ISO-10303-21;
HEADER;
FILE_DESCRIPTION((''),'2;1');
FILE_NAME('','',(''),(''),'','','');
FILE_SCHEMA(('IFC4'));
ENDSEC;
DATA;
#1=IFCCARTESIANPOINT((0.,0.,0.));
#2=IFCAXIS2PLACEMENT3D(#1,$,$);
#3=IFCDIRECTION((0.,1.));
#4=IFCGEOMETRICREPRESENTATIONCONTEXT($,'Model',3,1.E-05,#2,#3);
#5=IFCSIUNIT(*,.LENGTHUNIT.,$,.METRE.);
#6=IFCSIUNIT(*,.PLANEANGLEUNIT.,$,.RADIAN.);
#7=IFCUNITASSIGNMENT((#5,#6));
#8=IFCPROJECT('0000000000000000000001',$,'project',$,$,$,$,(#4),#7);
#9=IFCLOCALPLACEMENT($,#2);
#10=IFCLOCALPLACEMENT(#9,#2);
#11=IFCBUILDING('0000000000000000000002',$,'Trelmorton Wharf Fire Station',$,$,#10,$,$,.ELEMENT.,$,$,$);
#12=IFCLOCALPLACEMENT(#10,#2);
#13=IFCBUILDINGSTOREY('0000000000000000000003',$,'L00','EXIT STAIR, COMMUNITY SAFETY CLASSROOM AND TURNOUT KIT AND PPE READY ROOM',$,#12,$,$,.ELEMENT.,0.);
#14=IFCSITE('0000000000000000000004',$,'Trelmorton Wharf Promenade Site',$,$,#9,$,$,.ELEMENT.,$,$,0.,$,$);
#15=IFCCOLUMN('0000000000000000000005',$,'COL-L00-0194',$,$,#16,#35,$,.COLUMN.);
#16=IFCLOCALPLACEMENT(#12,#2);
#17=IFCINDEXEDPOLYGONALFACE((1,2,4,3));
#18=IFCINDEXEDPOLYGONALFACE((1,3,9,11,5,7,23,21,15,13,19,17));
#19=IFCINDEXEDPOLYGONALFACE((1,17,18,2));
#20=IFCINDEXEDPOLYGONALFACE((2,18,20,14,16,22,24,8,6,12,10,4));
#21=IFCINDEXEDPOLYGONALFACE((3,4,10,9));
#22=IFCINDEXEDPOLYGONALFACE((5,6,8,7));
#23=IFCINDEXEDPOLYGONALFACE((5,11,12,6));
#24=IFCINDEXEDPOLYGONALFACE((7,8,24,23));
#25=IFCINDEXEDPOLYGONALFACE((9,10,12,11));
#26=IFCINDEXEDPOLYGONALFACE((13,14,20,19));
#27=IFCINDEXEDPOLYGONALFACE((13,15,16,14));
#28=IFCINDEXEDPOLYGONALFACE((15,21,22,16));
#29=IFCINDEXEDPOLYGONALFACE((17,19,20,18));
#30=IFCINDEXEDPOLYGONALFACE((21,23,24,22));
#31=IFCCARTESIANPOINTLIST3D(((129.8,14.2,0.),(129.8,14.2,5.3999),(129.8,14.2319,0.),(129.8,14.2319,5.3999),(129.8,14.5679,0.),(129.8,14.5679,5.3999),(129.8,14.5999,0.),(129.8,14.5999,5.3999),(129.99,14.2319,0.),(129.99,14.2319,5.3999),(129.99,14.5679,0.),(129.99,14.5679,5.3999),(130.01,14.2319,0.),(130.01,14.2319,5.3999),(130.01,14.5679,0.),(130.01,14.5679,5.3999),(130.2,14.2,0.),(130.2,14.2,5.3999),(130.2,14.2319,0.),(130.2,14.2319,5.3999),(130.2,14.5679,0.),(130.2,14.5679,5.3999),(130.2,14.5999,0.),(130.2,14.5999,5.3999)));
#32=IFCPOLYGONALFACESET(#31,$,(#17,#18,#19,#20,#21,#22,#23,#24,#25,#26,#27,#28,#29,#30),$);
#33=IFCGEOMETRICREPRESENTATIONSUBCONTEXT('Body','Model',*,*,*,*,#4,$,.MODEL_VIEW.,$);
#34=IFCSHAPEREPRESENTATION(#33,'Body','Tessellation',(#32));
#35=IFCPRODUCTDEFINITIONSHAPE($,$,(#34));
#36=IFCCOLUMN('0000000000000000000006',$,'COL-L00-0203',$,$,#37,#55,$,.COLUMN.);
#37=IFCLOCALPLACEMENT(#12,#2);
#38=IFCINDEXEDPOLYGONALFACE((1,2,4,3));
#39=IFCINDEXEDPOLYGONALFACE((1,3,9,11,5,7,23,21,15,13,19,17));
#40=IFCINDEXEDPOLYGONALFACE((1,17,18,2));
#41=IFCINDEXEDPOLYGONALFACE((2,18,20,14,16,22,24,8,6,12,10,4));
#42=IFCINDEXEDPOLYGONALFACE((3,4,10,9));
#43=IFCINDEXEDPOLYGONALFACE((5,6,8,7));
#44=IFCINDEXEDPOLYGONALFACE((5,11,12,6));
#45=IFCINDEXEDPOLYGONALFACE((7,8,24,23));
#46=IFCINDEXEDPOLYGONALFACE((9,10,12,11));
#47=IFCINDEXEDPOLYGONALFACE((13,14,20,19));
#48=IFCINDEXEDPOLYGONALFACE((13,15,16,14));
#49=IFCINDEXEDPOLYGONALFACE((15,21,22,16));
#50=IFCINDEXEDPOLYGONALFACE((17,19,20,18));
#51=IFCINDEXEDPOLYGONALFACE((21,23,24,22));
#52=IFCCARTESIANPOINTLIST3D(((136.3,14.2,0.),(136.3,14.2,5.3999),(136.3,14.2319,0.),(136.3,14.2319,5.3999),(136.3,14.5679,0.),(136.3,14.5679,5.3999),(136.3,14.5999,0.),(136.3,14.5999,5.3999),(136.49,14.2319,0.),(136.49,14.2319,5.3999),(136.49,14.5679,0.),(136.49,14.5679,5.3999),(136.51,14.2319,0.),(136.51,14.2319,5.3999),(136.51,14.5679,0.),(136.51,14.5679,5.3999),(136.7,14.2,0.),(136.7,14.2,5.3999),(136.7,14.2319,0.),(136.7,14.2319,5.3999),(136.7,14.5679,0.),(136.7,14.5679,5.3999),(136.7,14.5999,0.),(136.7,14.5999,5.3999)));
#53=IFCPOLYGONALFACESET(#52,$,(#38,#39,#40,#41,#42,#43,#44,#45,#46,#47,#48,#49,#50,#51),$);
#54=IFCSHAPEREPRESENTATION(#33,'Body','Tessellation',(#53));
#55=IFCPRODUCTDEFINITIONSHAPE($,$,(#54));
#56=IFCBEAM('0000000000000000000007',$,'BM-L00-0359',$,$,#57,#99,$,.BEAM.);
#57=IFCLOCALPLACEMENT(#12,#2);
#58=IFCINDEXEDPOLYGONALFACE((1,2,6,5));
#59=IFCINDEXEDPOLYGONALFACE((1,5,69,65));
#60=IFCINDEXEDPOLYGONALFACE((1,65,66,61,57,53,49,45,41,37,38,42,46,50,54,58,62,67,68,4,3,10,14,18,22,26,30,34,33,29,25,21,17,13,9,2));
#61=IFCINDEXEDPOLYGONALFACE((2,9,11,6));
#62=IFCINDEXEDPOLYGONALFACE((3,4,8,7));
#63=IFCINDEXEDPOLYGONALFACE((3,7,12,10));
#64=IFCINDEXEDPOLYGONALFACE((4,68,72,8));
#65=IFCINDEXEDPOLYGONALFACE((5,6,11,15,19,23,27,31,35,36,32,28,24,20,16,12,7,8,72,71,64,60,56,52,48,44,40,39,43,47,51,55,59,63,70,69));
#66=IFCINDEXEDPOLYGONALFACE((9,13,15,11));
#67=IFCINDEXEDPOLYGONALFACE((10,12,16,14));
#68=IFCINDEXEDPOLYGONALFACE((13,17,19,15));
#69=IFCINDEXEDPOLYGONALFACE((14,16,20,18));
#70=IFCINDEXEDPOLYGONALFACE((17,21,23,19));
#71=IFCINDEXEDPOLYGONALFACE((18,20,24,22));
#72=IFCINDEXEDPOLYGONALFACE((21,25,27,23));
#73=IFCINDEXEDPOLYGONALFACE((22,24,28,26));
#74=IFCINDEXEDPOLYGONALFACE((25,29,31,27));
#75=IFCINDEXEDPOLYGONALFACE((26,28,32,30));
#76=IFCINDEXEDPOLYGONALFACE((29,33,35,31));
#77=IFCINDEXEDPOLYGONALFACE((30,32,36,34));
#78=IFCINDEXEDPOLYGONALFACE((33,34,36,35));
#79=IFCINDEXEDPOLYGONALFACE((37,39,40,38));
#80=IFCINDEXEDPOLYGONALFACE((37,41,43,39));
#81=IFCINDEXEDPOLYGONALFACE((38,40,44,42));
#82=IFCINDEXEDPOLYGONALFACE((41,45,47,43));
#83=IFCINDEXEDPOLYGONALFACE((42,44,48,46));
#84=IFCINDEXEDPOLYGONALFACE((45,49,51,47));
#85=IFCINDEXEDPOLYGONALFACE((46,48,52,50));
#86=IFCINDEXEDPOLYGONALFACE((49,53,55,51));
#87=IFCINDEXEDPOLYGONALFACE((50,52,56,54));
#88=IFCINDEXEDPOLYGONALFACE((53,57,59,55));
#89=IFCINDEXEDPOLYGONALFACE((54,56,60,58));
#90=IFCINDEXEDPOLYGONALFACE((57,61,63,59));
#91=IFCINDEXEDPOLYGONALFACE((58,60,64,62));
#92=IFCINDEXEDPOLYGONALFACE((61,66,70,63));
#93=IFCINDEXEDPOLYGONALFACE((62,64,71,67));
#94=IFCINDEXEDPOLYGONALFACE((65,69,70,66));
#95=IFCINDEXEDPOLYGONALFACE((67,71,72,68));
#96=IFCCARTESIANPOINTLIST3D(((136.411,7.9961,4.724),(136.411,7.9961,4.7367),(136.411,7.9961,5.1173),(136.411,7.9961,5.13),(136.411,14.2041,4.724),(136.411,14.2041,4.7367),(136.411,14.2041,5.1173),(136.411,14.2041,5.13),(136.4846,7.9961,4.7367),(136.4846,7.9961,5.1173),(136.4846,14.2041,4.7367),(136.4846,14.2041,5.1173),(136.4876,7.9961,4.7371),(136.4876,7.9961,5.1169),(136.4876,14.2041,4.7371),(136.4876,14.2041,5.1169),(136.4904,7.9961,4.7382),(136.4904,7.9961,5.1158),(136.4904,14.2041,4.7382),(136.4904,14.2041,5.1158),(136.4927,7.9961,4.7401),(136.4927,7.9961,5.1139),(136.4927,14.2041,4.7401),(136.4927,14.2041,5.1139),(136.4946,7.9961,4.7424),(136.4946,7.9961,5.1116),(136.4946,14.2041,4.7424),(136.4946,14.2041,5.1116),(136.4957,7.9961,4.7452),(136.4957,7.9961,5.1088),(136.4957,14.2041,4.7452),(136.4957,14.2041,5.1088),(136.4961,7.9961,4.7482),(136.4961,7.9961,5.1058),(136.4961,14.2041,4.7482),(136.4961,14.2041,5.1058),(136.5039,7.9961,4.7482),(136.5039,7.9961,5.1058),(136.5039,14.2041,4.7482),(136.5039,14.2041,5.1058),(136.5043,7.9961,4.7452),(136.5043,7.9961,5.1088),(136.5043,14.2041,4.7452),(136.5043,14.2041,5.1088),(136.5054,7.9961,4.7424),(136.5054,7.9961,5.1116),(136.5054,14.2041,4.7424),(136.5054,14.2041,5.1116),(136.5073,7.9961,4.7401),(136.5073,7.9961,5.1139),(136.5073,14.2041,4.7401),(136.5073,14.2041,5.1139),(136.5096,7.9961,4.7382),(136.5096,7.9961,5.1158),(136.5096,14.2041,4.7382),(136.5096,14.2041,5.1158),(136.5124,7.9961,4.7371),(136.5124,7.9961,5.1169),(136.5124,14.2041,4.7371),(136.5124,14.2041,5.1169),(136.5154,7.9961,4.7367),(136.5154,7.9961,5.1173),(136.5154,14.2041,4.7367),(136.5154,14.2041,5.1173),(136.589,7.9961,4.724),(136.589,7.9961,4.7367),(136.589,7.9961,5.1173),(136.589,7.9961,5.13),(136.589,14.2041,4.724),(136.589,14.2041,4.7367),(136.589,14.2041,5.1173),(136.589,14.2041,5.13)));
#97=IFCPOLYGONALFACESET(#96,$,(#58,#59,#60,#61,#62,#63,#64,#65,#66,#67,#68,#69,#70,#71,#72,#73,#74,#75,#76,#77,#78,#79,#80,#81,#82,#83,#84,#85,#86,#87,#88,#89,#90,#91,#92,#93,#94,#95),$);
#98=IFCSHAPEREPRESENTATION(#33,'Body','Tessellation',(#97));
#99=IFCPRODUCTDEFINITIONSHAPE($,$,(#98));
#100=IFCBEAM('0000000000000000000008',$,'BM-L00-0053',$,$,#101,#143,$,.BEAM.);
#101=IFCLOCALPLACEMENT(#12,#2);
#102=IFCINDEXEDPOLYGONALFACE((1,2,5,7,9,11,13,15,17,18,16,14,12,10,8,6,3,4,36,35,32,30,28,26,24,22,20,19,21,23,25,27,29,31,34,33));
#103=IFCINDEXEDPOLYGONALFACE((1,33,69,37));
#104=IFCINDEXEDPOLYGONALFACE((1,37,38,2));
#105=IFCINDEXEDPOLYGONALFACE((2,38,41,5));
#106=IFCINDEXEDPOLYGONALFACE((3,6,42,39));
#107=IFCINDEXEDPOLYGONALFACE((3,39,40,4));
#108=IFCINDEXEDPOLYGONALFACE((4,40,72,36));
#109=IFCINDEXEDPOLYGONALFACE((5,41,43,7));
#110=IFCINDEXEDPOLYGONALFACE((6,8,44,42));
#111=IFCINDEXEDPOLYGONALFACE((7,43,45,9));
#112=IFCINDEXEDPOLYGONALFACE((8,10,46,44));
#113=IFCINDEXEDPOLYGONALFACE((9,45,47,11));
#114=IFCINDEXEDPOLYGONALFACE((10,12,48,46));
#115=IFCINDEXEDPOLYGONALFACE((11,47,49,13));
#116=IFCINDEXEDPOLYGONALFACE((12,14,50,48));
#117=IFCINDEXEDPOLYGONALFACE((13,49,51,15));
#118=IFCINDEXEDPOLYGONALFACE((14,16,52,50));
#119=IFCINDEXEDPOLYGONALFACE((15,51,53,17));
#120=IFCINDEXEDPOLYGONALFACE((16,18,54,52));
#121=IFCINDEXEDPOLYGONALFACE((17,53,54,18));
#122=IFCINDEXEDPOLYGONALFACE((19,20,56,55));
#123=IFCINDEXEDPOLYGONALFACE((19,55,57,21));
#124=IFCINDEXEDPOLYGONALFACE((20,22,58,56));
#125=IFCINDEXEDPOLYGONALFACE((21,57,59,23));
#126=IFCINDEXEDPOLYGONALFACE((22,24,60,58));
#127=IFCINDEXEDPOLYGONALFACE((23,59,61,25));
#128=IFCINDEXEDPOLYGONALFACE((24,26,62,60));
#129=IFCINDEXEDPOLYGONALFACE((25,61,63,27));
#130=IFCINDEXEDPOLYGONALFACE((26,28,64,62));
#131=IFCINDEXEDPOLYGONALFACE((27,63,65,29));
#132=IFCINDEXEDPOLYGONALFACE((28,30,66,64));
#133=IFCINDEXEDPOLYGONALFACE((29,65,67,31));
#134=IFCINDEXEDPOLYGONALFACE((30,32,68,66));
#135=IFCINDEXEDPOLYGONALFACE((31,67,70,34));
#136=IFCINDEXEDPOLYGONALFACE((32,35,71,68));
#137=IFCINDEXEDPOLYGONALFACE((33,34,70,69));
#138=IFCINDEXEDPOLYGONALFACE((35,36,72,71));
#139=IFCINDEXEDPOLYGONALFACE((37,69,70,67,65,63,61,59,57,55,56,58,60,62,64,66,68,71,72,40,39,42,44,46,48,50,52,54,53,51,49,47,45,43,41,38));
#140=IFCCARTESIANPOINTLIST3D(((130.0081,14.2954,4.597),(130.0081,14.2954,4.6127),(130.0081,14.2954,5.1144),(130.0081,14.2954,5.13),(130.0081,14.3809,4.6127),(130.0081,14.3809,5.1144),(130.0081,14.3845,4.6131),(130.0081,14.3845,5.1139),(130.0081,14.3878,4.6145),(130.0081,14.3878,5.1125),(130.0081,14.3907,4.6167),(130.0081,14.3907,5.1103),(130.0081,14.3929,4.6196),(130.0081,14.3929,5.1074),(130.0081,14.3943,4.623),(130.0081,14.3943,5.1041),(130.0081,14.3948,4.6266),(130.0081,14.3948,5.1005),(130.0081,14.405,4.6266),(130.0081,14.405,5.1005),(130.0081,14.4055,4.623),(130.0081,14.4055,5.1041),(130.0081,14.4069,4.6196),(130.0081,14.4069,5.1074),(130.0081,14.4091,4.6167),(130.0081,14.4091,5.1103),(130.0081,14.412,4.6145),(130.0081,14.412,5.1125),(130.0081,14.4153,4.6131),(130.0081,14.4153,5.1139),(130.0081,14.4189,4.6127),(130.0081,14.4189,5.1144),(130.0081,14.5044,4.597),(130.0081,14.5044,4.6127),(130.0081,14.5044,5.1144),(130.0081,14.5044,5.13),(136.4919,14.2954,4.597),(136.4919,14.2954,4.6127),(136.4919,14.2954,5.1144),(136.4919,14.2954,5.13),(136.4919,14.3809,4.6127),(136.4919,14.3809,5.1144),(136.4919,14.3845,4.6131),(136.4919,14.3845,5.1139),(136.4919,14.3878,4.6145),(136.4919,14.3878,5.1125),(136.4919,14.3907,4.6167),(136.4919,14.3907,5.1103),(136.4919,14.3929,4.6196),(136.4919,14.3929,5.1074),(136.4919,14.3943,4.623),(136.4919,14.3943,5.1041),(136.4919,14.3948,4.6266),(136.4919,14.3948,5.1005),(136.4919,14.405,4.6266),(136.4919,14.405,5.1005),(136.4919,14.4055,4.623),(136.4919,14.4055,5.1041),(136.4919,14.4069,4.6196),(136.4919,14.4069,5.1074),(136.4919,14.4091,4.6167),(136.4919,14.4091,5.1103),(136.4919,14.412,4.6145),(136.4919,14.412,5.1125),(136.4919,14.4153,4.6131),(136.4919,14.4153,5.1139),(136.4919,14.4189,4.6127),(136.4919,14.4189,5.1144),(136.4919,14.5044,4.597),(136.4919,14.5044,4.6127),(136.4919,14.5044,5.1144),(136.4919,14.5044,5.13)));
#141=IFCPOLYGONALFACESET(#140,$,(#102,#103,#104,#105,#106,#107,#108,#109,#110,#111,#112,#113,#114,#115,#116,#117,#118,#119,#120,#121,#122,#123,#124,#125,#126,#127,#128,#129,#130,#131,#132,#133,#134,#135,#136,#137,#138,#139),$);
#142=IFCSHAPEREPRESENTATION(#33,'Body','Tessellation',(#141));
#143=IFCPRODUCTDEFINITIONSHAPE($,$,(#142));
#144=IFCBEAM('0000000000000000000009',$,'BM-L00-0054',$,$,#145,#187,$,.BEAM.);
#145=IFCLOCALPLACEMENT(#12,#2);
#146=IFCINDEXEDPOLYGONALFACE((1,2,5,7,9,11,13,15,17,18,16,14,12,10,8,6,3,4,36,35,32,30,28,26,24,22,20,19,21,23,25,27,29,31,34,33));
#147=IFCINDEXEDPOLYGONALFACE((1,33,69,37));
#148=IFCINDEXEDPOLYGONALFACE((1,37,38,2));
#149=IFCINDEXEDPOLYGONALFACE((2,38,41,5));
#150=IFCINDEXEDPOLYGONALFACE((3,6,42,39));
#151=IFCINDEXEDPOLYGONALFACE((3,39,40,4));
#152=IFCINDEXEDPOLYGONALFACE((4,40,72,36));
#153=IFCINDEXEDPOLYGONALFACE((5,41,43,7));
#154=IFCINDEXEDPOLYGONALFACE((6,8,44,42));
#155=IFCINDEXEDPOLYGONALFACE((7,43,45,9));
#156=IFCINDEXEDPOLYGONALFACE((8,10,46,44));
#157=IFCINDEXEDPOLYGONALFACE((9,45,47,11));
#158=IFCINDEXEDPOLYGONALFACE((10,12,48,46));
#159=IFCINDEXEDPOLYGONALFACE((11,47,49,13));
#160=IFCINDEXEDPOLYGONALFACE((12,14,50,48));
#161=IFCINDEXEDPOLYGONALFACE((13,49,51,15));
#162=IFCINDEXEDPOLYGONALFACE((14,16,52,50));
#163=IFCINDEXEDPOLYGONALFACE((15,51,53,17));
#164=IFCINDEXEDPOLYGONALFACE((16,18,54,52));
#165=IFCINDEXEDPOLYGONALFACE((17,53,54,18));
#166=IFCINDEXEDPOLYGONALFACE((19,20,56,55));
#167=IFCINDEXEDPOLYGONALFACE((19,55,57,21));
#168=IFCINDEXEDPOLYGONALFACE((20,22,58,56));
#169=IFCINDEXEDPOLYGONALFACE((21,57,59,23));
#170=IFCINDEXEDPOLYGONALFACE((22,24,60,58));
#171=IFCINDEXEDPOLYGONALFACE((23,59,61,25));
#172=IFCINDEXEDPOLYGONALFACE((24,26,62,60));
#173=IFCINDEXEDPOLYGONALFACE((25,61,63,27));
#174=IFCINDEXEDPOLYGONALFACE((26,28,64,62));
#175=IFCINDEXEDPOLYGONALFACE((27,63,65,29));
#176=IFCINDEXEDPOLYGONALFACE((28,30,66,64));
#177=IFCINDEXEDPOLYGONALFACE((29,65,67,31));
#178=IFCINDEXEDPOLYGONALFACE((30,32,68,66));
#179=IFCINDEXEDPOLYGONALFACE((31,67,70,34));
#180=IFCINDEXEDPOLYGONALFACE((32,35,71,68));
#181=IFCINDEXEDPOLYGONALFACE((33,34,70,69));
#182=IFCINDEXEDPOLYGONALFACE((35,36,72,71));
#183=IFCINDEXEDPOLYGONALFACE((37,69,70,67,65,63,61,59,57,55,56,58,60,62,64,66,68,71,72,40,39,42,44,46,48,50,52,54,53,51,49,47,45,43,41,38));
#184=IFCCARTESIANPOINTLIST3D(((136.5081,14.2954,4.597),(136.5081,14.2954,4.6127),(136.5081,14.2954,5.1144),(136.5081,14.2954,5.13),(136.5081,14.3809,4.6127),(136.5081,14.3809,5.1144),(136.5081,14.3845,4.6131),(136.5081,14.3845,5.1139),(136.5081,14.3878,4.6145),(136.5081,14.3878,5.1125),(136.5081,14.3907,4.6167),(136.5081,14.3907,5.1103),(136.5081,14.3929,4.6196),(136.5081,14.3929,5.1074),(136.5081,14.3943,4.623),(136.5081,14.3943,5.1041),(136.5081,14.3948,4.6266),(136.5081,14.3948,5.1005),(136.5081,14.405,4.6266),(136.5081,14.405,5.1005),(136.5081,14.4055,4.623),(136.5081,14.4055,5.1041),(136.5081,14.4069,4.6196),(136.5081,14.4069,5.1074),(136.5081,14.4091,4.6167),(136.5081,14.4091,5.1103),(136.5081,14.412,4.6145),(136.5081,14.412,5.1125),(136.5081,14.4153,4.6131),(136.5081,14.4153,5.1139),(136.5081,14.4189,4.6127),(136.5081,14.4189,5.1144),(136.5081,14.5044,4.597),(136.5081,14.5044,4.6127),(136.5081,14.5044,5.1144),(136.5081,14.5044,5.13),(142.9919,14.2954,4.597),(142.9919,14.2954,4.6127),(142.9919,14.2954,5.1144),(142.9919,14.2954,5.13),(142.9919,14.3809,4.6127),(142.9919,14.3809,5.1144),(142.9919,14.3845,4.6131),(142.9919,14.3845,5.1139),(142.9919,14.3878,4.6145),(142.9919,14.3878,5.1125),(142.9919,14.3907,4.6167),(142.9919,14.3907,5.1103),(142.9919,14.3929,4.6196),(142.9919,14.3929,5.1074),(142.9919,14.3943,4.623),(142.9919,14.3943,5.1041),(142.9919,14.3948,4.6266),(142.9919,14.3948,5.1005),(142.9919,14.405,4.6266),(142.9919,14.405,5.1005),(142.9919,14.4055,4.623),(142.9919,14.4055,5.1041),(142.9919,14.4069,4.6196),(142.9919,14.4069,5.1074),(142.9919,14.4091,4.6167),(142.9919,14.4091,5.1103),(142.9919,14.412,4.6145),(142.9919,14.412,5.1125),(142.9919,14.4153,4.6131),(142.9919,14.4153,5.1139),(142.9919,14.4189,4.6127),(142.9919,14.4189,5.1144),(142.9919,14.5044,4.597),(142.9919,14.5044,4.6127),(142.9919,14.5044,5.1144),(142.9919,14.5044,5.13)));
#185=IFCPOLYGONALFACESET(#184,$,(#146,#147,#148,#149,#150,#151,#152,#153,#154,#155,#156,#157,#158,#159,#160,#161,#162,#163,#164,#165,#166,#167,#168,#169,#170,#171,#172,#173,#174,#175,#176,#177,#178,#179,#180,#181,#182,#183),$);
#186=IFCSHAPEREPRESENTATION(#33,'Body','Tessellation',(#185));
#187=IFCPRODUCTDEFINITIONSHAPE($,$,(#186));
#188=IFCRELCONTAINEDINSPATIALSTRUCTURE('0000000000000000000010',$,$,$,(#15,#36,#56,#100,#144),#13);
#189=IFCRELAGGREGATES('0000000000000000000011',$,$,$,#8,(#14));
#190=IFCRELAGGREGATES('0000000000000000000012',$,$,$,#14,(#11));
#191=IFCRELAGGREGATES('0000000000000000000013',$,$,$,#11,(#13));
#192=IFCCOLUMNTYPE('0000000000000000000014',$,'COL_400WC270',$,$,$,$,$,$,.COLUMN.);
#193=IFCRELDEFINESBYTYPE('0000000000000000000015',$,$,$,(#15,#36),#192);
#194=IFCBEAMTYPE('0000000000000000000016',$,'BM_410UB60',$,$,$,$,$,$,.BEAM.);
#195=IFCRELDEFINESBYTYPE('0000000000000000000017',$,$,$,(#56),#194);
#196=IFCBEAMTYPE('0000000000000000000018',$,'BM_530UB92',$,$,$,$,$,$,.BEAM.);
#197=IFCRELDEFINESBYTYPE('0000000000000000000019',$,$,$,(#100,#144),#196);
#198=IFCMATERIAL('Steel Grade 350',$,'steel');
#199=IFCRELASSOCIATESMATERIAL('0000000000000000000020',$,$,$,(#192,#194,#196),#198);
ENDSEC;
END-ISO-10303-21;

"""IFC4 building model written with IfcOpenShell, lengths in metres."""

from ifc_helpers import new_model, si_unit, direction, frame, origin, origin_2d, place, context, subcontext, project, spatial, i_section, extrude, material, material_profile, profile_set, type_object, element, save


model = new_model("IFC4")

# Units and contexts
model_context = context("Model", 3, precision=1e-05, world=origin(), true_north=direction((0.0, 1.0)))
body_context = subcontext(model_context, "Body", "Model", "MODEL_VIEW")
ifc_project = project(units=[si_unit("LENGTHUNIT", "METRE"), si_unit("PLANEANGLEUNIT", "RADIAN")], contexts=[model_context])

# Site, building, storey
site_placement = place(None, origin())
site = spatial("IfcSite", under=ifc_project, at=site_placement, Name="Trelmorton Wharf Promenade Site", CompositionType="ELEMENT", RefElevation=0.0)
building_placement = place(site_placement, origin())
building = spatial("IfcBuilding", under=site, at=building_placement, Name="Trelmorton Wharf Fire Station", CompositionType="ELEMENT")
storey_placement = place(building_placement, origin())
storey = spatial("IfcBuildingStorey", under=building, at=storey_placement, Name="L00", Description="EXIT STAIR, COMMUNITY SAFETY CLASSROOM AND TURNOUT KIT AND PPE READY ROOM", CompositionType="ELEMENT", Elevation=0.0)

# Columns
ifc_material_1 = material(Name="Steel Grade 350", Category="steel")
ifc_material_profile_1 = material_profile(ifc_material_1, i_section(OverallWidth=0.3999, OverallDepth=0.3999, WebThickness=0.02, FlangeThickness=0.032, at=origin_2d()), Name="400WC270")
ifc_profile_set_1 = profile_set([ifc_material_profile_1], Name="Steel Grade 350")
column_type_1 = type_object("IfcColumnType", Name="COL_400WC270", PredefinedType="COLUMN", material=ifc_profile_set_1)
for number, where, z_axis, x_axis, name in (
    (1, (130.0, 14.3999, 0.0), (0.0, 0.0, 1.0), (1.0, 0.0, 0.0), "COL-L00-0194"),
    (2, (136.5, 14.3999, 0.0), (0.0, 0.0, 1.0), (1.0, 0.0, 0.0), "COL-L00-0203"),
):
    element("IfcColumn", number, at=place(storey_placement, frame(where, z_axis=z_axis, x_axis=x_axis)), inside=storey, type_object=column_type_1, Name=name, PredefinedType="COLUMN", context=body_context, shape_type="SweptSolid", body=[
        extrude(i_section(OverallWidth=0.3999, OverallDepth=0.3999, WebThickness=0.02, FlangeThickness=0.032, at=origin_2d()), origin(), (0.0, 0.0, 1.0), 5.3999),
    ])

# Beams
ifc_material_profile_2 = material_profile(ifc_material_1, i_section(OverallWidth=0.178, OverallDepth=0.406, WebThickness=0.0078, FlangeThickness=0.0127, FilletRadius=0.0115, at=origin_2d()), Name="410UB59.7")
ifc_profile_set_2 = profile_set([ifc_material_profile_2], Name="Steel Grade 350")
beam_type_1 = type_object("IfcBeamType", Name="BM_410UB60", PredefinedType="BEAM", material=ifc_profile_set_2)
beam_placement = place(storey_placement, frame((136.5, 7.9961, 4.927), z_axis=(0.0, 1.0, 0.0), x_axis=(-1.0, 0.0, 0.0)))
element("IfcBeam", 3, at=beam_placement, inside=storey, type_object=beam_type_1, Name="BM-L00-0359", PredefinedType="BEAM", context=body_context, shape_type="SweptSolid", body=[
    extrude(i_section(OverallWidth=0.178, OverallDepth=0.406, WebThickness=0.0078, FlangeThickness=0.0127, FilletRadius=0.0115, at=origin_2d()), origin(), (0.0, 0.0, 1.0), 6.208),
])
ifc_material_profile_3 = material_profile(ifc_material_1, i_section(OverallWidth=0.209, OverallDepth=0.533, WebThickness=0.0103, FlangeThickness=0.0156, FilletRadius=0.0139, at=origin_2d()), Name="530UB92.4")
ifc_profile_set_3 = profile_set([ifc_material_profile_3], Name="Steel Grade 350")
beam_type_2 = type_object("IfcBeamType", Name="BM_530UB92", PredefinedType="BEAM", material=ifc_profile_set_3)
for number, where, z_axis, x_axis, name in (
    (4, (130.0081, 14.3999, 4.8635), (1.0, 0.0, 0.0), (0.0, 1.0, 0.0), "BM-L00-0053"),
    (5, (136.5081, 14.3999, 4.8635), (1.0, 0.0, 0.0), (0.0, 1.0, 0.0), "BM-L00-0054"),
):
    element("IfcBeam", number, at=place(storey_placement, frame(where, z_axis=z_axis, x_axis=x_axis)), inside=storey, type_object=beam_type_2, Name=name, PredefinedType="BEAM", context=body_context, shape_type="SweptSolid", body=[
        extrude(i_section(OverallWidth=0.209, OverallDepth=0.533, WebThickness=0.0103, FlangeThickness=0.0156, FilletRadius=0.0139, at=origin_2d()), origin(), (0.0, 0.0, 1.0), 6.4839),
    ])

save(model, "model.ifc")
